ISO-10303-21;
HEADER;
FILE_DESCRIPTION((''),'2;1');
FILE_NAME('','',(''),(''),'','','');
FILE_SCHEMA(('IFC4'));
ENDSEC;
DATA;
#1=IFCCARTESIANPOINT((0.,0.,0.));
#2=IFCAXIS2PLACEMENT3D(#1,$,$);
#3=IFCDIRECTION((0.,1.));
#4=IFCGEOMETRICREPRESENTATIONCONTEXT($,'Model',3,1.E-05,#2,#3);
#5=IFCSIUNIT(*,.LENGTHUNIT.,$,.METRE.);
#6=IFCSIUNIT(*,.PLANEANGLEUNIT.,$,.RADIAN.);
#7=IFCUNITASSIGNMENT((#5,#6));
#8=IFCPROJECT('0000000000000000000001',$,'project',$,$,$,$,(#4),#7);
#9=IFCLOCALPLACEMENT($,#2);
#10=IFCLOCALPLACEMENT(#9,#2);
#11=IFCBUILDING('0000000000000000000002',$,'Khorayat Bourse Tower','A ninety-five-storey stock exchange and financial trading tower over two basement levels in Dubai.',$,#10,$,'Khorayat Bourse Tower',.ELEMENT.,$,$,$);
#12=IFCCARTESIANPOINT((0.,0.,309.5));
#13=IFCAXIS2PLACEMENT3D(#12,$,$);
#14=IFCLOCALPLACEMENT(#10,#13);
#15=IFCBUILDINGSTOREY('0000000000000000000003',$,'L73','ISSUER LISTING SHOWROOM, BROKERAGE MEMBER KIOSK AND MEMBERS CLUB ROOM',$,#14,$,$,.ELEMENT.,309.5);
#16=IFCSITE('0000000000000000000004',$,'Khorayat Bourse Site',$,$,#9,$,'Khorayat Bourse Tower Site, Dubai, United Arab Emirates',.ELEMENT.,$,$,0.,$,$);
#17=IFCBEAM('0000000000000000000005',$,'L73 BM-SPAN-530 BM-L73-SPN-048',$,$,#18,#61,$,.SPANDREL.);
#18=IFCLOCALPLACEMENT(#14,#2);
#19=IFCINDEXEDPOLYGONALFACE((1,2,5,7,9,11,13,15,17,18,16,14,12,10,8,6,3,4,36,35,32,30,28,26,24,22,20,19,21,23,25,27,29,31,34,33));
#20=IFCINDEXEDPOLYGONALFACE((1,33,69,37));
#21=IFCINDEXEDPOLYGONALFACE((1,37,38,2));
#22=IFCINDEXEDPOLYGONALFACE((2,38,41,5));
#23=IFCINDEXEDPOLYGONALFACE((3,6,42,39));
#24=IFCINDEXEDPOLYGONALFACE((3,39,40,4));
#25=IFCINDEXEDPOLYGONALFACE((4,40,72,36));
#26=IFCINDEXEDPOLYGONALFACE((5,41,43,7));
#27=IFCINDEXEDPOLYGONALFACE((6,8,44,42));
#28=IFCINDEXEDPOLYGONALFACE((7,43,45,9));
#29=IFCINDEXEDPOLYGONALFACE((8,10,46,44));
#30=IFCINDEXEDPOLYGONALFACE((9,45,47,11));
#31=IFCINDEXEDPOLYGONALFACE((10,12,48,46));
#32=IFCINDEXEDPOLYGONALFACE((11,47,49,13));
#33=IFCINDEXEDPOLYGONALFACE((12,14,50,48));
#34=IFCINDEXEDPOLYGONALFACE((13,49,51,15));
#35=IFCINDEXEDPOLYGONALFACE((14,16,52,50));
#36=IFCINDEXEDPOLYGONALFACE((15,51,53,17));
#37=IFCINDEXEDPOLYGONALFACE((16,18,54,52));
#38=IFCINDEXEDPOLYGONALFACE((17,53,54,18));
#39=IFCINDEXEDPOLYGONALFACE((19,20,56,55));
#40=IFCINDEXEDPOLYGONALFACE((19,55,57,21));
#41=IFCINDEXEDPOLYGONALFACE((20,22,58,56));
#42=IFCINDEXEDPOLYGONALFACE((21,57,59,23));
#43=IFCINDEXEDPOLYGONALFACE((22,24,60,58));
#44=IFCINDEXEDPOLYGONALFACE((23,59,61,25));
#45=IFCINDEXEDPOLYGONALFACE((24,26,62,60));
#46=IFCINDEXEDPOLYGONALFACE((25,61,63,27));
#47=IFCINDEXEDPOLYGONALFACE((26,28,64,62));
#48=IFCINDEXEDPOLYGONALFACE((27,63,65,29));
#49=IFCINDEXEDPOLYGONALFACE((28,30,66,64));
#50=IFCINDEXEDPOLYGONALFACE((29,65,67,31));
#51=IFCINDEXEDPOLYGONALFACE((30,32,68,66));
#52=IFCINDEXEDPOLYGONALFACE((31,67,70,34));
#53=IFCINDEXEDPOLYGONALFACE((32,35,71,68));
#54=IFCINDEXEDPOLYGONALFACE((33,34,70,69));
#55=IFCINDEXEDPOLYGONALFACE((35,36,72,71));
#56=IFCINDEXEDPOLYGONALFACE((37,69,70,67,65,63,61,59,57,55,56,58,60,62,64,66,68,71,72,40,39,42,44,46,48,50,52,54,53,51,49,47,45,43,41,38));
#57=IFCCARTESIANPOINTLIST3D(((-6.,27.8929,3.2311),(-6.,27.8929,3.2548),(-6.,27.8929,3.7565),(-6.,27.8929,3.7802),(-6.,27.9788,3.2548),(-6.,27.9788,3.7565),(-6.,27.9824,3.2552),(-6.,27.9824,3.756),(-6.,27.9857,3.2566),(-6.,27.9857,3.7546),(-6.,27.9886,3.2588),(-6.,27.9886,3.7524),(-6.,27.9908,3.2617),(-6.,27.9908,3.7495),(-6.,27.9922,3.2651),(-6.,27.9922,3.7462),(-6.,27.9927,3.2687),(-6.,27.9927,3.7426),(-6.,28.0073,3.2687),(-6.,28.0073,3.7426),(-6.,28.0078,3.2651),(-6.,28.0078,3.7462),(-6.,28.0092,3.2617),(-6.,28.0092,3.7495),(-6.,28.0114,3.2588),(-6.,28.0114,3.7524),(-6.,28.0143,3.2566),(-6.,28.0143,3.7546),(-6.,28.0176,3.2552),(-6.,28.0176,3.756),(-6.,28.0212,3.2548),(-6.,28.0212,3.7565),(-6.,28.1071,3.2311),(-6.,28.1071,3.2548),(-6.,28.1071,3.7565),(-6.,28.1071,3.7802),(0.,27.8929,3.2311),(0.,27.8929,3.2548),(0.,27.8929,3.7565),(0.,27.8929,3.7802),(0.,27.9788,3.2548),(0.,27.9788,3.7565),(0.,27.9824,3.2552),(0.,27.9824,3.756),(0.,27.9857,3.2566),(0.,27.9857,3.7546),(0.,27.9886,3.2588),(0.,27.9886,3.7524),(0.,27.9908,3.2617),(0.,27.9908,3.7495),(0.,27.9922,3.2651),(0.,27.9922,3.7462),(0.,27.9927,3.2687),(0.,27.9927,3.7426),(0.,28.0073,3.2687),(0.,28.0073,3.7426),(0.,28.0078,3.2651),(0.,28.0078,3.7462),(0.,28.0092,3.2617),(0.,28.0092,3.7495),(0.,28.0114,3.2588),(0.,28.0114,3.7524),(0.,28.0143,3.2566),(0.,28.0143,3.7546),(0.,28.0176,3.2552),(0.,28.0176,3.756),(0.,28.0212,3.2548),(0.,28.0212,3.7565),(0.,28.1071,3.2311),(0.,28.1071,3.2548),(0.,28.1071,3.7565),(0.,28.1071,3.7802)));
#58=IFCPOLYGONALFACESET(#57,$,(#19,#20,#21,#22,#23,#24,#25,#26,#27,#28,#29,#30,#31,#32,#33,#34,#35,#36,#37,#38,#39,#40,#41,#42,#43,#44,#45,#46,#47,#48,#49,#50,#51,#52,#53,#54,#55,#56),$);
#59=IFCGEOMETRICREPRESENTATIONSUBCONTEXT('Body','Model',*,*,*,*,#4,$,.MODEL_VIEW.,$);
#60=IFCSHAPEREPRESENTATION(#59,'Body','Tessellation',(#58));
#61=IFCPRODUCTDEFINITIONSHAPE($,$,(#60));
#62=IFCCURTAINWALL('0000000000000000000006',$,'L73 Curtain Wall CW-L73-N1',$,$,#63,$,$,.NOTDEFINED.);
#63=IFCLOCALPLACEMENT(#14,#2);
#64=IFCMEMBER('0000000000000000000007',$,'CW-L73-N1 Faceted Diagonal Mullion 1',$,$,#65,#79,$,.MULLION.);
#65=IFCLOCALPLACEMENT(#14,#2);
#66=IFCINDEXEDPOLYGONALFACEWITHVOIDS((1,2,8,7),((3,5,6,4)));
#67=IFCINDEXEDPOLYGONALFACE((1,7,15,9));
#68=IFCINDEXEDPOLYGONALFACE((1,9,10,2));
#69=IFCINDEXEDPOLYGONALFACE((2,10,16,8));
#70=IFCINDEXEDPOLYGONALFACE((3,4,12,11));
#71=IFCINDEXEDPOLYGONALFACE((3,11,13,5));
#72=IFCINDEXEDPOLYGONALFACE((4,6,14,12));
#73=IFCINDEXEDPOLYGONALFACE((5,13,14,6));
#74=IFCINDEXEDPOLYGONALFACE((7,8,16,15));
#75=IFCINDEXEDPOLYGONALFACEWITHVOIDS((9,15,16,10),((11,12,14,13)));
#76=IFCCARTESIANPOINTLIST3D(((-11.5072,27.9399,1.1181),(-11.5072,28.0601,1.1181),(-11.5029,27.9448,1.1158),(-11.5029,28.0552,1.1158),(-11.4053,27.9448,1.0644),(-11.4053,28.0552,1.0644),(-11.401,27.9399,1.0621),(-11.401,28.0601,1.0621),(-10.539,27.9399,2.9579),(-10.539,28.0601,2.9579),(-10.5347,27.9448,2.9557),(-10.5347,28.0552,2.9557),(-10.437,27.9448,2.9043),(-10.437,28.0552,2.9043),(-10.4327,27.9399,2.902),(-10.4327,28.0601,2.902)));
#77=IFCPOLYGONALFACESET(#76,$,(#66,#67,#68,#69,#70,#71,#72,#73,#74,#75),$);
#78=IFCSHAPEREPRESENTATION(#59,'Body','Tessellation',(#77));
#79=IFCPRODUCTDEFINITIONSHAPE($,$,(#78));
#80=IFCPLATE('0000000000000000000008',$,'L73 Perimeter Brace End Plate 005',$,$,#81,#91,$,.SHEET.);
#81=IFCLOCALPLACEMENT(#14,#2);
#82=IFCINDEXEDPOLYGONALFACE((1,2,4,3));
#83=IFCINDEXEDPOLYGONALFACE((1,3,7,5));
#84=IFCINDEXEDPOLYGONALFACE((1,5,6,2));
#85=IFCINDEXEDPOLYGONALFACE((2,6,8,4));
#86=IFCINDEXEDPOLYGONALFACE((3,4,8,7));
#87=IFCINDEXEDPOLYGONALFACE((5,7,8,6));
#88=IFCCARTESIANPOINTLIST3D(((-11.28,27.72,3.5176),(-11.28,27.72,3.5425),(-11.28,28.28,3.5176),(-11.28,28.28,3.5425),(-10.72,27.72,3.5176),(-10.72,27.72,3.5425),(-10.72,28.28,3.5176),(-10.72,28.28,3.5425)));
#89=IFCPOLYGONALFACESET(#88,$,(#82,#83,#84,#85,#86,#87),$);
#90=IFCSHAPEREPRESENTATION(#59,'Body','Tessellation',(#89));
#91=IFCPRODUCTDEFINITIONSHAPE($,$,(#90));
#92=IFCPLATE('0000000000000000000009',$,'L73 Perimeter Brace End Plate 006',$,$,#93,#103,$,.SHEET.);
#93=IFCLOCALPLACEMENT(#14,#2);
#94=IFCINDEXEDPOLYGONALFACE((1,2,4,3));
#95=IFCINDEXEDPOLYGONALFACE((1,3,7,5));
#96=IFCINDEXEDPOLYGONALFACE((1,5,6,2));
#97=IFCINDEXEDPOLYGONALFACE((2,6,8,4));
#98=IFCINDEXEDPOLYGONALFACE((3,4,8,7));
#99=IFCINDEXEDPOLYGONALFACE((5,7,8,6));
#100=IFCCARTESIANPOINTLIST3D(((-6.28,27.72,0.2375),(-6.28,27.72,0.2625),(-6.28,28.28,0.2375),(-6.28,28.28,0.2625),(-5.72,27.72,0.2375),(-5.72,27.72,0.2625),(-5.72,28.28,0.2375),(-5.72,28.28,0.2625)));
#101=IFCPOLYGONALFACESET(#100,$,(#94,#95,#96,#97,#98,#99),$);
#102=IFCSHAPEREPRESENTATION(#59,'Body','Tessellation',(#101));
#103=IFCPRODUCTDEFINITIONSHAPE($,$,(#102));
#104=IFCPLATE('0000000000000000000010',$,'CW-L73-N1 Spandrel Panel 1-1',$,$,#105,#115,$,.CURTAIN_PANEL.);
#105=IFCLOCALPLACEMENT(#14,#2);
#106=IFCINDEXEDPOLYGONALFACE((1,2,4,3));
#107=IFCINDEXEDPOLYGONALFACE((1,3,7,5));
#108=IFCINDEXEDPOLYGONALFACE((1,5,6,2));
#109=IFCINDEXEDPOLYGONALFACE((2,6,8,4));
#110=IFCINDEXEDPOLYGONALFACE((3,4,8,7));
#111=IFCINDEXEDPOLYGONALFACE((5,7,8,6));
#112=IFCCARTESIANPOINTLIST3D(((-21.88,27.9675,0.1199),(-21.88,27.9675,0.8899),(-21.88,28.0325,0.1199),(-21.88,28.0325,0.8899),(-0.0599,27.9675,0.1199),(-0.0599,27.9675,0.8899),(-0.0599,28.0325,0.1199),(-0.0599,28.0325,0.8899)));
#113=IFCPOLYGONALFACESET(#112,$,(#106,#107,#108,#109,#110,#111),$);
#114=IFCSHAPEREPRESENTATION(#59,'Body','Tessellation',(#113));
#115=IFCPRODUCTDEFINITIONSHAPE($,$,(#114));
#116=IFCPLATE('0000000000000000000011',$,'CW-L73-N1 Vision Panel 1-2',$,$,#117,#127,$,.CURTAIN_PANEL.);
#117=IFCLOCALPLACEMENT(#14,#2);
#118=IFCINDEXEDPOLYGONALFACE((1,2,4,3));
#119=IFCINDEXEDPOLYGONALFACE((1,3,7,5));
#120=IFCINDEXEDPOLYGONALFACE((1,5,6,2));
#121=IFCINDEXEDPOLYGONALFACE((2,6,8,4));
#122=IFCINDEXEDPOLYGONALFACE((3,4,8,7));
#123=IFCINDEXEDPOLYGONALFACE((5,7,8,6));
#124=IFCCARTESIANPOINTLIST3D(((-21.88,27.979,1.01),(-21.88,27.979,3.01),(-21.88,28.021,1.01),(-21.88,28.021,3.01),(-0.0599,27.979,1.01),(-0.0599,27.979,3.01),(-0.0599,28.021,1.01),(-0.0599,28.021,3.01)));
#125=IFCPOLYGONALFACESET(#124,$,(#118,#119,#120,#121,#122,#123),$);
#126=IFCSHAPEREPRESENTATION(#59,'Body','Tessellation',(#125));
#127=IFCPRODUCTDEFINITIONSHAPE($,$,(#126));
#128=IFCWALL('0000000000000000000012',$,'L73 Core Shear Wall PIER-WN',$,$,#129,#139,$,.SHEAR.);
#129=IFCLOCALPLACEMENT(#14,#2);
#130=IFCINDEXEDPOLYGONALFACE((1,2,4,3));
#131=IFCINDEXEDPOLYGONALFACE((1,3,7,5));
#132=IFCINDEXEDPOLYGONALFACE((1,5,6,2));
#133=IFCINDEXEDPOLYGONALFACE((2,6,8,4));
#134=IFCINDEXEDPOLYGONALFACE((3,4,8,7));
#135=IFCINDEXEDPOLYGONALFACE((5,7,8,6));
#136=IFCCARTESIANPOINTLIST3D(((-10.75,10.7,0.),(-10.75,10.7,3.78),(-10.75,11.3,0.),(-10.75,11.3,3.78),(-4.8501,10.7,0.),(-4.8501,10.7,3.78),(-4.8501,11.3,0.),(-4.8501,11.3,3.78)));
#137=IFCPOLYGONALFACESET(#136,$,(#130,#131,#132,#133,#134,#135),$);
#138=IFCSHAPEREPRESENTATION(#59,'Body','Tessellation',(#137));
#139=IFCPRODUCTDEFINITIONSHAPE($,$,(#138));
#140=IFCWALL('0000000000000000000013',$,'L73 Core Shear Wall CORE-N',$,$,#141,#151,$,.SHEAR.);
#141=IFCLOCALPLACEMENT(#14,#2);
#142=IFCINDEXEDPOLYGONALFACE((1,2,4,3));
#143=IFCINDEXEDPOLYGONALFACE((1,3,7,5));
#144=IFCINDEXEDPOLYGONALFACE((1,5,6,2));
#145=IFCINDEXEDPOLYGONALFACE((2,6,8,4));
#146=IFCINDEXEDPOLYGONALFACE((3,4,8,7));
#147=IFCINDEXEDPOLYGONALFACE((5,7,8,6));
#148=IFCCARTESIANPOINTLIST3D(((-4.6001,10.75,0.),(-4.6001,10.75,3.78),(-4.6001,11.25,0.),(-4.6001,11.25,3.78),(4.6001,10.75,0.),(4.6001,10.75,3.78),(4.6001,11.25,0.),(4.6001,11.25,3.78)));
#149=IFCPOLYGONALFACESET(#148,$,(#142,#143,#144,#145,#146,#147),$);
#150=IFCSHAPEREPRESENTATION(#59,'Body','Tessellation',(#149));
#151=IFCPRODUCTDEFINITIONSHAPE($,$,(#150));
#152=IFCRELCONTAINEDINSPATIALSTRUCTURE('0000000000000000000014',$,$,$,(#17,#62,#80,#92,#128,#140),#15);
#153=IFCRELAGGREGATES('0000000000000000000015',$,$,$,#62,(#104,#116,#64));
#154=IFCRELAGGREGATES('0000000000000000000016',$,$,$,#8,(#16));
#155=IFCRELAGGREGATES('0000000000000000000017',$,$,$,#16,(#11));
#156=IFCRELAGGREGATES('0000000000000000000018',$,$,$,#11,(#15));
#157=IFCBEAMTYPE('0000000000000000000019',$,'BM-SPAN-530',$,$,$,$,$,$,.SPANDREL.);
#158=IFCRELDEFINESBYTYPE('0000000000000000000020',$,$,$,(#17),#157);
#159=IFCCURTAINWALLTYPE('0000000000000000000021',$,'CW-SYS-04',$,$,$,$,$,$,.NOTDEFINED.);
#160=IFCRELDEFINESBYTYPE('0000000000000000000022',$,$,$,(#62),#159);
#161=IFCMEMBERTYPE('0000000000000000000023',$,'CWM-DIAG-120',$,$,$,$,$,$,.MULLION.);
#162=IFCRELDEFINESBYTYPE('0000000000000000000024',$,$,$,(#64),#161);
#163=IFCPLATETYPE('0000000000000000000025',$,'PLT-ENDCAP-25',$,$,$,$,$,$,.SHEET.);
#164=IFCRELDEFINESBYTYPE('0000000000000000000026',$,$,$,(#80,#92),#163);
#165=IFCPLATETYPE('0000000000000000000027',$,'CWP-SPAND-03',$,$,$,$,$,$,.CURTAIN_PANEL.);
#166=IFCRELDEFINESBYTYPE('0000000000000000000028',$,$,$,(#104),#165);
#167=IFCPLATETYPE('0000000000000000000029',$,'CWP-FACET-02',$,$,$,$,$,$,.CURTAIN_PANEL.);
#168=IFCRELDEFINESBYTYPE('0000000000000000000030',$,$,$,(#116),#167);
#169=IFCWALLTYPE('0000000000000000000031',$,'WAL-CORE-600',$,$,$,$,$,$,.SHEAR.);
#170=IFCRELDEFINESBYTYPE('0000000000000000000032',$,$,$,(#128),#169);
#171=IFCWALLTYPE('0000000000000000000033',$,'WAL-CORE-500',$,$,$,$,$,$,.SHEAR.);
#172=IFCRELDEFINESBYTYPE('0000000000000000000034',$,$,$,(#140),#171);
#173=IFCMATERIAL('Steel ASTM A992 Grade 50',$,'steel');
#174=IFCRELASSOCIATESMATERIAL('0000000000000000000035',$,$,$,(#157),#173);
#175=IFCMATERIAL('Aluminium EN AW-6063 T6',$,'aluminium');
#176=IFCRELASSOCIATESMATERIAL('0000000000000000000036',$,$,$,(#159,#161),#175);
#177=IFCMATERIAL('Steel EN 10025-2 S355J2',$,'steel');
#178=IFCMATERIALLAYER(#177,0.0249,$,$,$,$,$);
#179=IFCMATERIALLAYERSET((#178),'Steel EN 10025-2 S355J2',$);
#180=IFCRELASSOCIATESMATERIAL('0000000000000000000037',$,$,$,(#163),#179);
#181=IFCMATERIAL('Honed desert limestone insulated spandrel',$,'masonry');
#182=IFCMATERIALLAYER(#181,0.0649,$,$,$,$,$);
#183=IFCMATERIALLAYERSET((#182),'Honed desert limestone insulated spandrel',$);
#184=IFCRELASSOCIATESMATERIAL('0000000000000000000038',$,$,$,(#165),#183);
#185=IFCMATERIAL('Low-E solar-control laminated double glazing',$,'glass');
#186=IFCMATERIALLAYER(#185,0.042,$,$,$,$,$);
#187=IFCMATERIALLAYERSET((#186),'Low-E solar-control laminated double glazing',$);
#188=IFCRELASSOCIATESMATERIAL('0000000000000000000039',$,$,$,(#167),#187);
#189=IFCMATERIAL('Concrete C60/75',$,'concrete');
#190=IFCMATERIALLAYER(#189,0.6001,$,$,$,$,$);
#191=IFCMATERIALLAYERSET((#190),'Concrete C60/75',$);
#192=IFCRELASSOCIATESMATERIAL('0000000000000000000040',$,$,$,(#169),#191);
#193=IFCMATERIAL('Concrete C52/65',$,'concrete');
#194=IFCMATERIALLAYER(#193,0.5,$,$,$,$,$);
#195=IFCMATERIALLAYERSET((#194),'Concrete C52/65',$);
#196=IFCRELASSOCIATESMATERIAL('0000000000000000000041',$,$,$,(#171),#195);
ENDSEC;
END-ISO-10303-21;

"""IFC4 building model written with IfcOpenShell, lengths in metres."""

from ifc_helpers import new_model, si_unit, direction, frame, frame_2d, origin, origin_2d, place, context, subcontext, project, spatial, rectangle, hollow_rectangle, i_section, extrude, source, transform, mapped, material, layer, layer_set, material_profile, profile_set, type_object, element, aggregate, save


model = new_model("IFC4")

# Units and contexts
model_context = context("Model", 3, precision=1e-05, world=origin(), true_north=direction((0.0, 1.0)))
body_context = subcontext(model_context, "Body", "Model", "MODEL_VIEW")
ifc_project = project(units=[si_unit("LENGTHUNIT", "METRE"), si_unit("PLANEANGLEUNIT", "RADIAN")], contexts=[model_context])

# Site, building, storey
site_placement = place(None, origin())
site = spatial("IfcSite", under=ifc_project, at=site_placement, Name="Khorayat Bourse Site", LongName="Khorayat Bourse Tower Site, Dubai, United Arab Emirates", CompositionType="ELEMENT", RefElevation=0.0)
building_placement = place(site_placement, origin())
building = spatial("IfcBuilding", under=site, at=building_placement, Name="Khorayat Bourse Tower", Description="A ninety-five-storey stock exchange and financial trading tower over two basement levels in Dubai.", LongName="Khorayat Bourse Tower", CompositionType="ELEMENT")
storey_placement = place(building_placement, frame((0.0, 0.0, 309.5)))
storey = spatial("IfcBuildingStorey", under=building, at=storey_placement, Name="L73", Description="ISSUER LISTING SHOWROOM, BROKERAGE MEMBER KIOSK AND MEMBERS CLUB ROOM", CompositionType="ELEMENT", Elevation=309.5)

# Shared definitions
ifc_material_1 = material(Name="Concrete C52/65", Category="concrete")

# Shared definitions
ifc_material_2 = material(Name="Concrete C60/75", Category="concrete")

# Beam
ifc_material_3 = material(Name="Steel ASTM A992 Grade 50", Category="steel")
ifc_material_profile_1 = material_profile(ifc_material_3, i_section(OverallWidth=0.2141, OverallDepth=0.5491, WebThickness=0.0146, FlangeThickness=0.0237, FilletRadius=0.0139, at=origin_2d()), Name="W530X138")
ifc_profile_set_1 = profile_set([ifc_material_profile_1], Name="Steel ASTM A992 Grade 50")
beam_type_1 = type_object("IfcBeamType", Name="BM-SPAN-530", PredefinedType="SPANDREL", material=ifc_profile_set_1)
shared_shape_1 = source(origin(), body_context, "Body", "SweptSolid", [
    extrude(i_section(OverallWidth=0.2141, OverallDepth=0.5491, WebThickness=0.0146, FlangeThickness=0.0237, FilletRadius=0.0139, at=origin_2d()), origin(), (0.0, 0.0, 1.0), 6.0),
])
beam_1_placement = place(storey_placement, frame((-6.0, 28.0, 3.5056), z_axis=(1.0, 0.0, 0.0), x_axis=(0.0, 1.0, 0.0)))
element("IfcBeam", 1, at=beam_1_placement, inside=storey, type_object=beam_type_1, Name="L73 BM-SPAN-530 BM-L73-SPN-048", PredefinedType="SPANDREL", context=body_context, shape_type="MappedRepresentation", body=[
    mapped(shared_shape_1, transform((0.0, 0.0, 0.0), scale=1.0)),
])

# Curtain wall, member
ifc_material_4 = material(Name="Aluminium EN AW-6063 T6", Category="aluminium")
curtain_wall_type = type_object("IfcCurtainWallType", Name="CW-SYS-04", PredefinedType="NOTDEFINED", material=ifc_material_4)
curtain_wall_placement = place(storey_placement, origin())
curtain_wall = element("IfcCurtainWall", 2, at=curtain_wall_placement, inside=storey, type_object=curtain_wall_type, Name="L73 Curtain Wall CW-L73-N1", PredefinedType="NOTDEFINED")
ifc_material_profile_2 = material_profile(ifc_material_4, hollow_rectangle(XDim=0.1201, YDim=0.1201, WallThickness=0.0049, at=origin_2d()), Name="ALU 120x120x5")
ifc_profile_set_2 = profile_set([ifc_material_profile_2], Name="Aluminium EN AW-6063 T6")
member_type_1 = type_object("IfcMemberType", Name="CWM-DIAG-120", PredefinedType="MULLION", material=ifc_profile_set_2)
shared_shape_2 = source(origin(), body_context, "Body", "SweptSolid", [
    extrude(hollow_rectangle(XDim=0.1201, YDim=0.1201, WallThickness=0.0049, at=origin_2d()), origin(), (0.0, 0.0, 1.0), 2.0791),
])
member_1_placement = place(storey_placement, frame((-11.4541, 28.0, 1.0901), z_axis=(0.465717, 0.0, 0.884934), x_axis=(0.0, 1.0, 0.0)))
member_1 = element("IfcMember", 3, at=member_1_placement, type_object=member_type_1, Name="CW-L73-N1 Faceted Diagonal Mullion 1", PredefinedType="MULLION", context=body_context, shape_type="MappedRepresentation", body=[
    mapped(shared_shape_2, transform((0.0, 0.0, 0.0), scale=1.0)),
])

# Plates
ifc_material_5 = material(Name="Steel EN 10025-2 S355J2", Category="steel")
ifc_layer_1 = layer(ifc_material_5, 0.0249)
ifc_layer_set_1 = layer_set([ifc_layer_1], Name="Steel EN 10025-2 S355J2")
plate_type_1 = type_object("IfcPlateType", Name="PLT-ENDCAP-25", PredefinedType="SHEET", material=ifc_layer_set_1)
shared_shape_3 = source(origin(), body_context, "Body", "SweptSolid", [
    extrude(rectangle(XDim=0.5601, YDim=0.5601, at=origin_2d()), origin(), (0.0, 0.0, 1.0), 0.0249),
])
for number, where, z_axis, x_axis, name in (
    (4, (-11.0, 28.0, 3.5176), (0.0, 0.0, 1.0), (1.0, 0.0, 0.0), "L73 Perimeter Brace End Plate 005"),
    (5, (-6.0, 28.0, 0.2375), (0.0, 0.0, 1.0), (1.0, 0.0, 0.0), "L73 Perimeter Brace End Plate 006"),
):
    element("IfcPlate", number, at=place(storey_placement, frame(where, z_axis=z_axis, x_axis=x_axis)), inside=storey, type_object=plate_type_1, Name=name, PredefinedType="SHEET", context=body_context, shape_type="MappedRepresentation", body=[
        mapped(shared_shape_3, transform((0.0, 0.0, 0.0), scale=1.0)),
    ])

# Plates
ifc_material_6 = material(Name="Honed desert limestone insulated spandrel", Category="masonry")
ifc_layer_2 = layer(ifc_material_6, 0.0649)
ifc_layer_set_2 = layer_set([ifc_layer_2], Name="Honed desert limestone insulated spandrel")
plate_type_2 = type_object("IfcPlateType", Name="CWP-SPAND-03", PredefinedType="CURTAIN_PANEL", material=ifc_layer_set_2)
shared_shape_4 = source(origin(), body_context, "Body", "SweptSolid", [
    extrude(rectangle(XDim=21.8201, YDim=0.0649, at=origin_2d()), origin(), (0.0, 0.0, 1.0), 0.77),
])
plate_1_placement = place(storey_placement, frame((-10.97, 28.0, 0.1199), z_axis=(0.0, 0.0, 1.0), x_axis=(1.0, 0.0, 0.0)))
plate_1 = element("IfcPlate", 6, at=plate_1_placement, type_object=plate_type_2, Name="CW-L73-N1 Spandrel Panel 1-1", PredefinedType="CURTAIN_PANEL", context=body_context, shape_type="MappedRepresentation", body=[
    mapped(shared_shape_4, transform((0.0, 0.0, 0.0), scale=1.0)),
])
ifc_material_7 = material(Name="Low-E solar-control laminated double glazing", Category="glass")
ifc_layer_3 = layer(ifc_material_7, 0.042)
ifc_layer_set_3 = layer_set([ifc_layer_3], Name="Low-E solar-control laminated double glazing")
plate_type_3 = type_object("IfcPlateType", Name="CWP-FACET-02", PredefinedType="CURTAIN_PANEL", material=ifc_layer_set_3)
shared_shape_5 = source(origin(), body_context, "Body", "SweptSolid", [
    extrude(rectangle(XDim=21.8201, YDim=0.042, at=origin_2d()), origin(), (0.0, 0.0, 1.0), 2.0),
])
plate_2_placement = place(storey_placement, frame((-10.97, 28.0, 1.01), z_axis=(0.0, 0.0, 1.0), x_axis=(1.0, 0.0, 0.0)))
plate_2 = element("IfcPlate", 7, at=plate_2_placement, type_object=plate_type_3, Name="CW-L73-N1 Vision Panel 1-2", PredefinedType="CURTAIN_PANEL", context=body_context, shape_type="MappedRepresentation", body=[
    mapped(shared_shape_5, transform((0.0, 0.0, 0.0), scale=1.0)),
])
aggregate(curtain_wall, [plate_1, plate_2, member_1])

# Walls
ifc_layer_4 = layer(ifc_material_2, 0.6001)
ifc_layer_set_4 = layer_set([ifc_layer_4], Name="Concrete C60/75")
wall_type_1 = type_object("IfcWallType", Name="WAL-CORE-600", PredefinedType="SHEAR", material=ifc_layer_set_4)
shared_shape_6 = source(origin(), body_context, "Body", "SweptSolid", [
    extrude(rectangle(XDim=5.8999, YDim=0.6001, at=frame_2d((2.95, 0.0))), origin(), (0.0, 0.0, 1.0), 3.78),
])
wall_1_placement = place(storey_placement, frame((-10.75, 11.0, 0.0), z_axis=(0.0, 0.0, 1.0), x_axis=(1.0, 0.0, 0.0)))
element("IfcWall", 8, at=wall_1_placement, inside=storey, type_object=wall_type_1, Name="L73 Core Shear Wall PIER-WN", PredefinedType="SHEAR", context=body_context, shape_type="MappedRepresentation", body=[
    mapped(shared_shape_6, transform((0.0, 0.0, 0.0), scale=1.0)),
])
ifc_layer_5 = layer(ifc_material_1, 0.5)
ifc_layer_set_5 = layer_set([ifc_layer_5], Name="Concrete C52/65")
wall_type_2 = type_object("IfcWallType", Name="WAL-CORE-500", PredefinedType="SHEAR", material=ifc_layer_set_5)
shared_shape_7 = source(origin(), body_context, "Body", "SweptSolid", [
    extrude(rectangle(XDim=9.2002, YDim=0.5, at=frame_2d((4.6001, 0.0))), origin(), (0.0, 0.0, 1.0), 3.78),
])
wall_2_placement = place(storey_placement, frame((-4.6001, 11.0, 0.0), z_axis=(0.0, 0.0, 1.0), x_axis=(1.0, 0.0, 0.0)))
element("IfcWall", 9, at=wall_2_placement, inside=storey, type_object=wall_type_2, Name="L73 Core Shear Wall CORE-N", PredefinedType="SHEAR", context=body_context, shape_type="MappedRepresentation", body=[
    mapped(shared_shape_7, transform((0.0, 0.0, 0.0), scale=1.0)),
])

save(model, "model.ifc")
